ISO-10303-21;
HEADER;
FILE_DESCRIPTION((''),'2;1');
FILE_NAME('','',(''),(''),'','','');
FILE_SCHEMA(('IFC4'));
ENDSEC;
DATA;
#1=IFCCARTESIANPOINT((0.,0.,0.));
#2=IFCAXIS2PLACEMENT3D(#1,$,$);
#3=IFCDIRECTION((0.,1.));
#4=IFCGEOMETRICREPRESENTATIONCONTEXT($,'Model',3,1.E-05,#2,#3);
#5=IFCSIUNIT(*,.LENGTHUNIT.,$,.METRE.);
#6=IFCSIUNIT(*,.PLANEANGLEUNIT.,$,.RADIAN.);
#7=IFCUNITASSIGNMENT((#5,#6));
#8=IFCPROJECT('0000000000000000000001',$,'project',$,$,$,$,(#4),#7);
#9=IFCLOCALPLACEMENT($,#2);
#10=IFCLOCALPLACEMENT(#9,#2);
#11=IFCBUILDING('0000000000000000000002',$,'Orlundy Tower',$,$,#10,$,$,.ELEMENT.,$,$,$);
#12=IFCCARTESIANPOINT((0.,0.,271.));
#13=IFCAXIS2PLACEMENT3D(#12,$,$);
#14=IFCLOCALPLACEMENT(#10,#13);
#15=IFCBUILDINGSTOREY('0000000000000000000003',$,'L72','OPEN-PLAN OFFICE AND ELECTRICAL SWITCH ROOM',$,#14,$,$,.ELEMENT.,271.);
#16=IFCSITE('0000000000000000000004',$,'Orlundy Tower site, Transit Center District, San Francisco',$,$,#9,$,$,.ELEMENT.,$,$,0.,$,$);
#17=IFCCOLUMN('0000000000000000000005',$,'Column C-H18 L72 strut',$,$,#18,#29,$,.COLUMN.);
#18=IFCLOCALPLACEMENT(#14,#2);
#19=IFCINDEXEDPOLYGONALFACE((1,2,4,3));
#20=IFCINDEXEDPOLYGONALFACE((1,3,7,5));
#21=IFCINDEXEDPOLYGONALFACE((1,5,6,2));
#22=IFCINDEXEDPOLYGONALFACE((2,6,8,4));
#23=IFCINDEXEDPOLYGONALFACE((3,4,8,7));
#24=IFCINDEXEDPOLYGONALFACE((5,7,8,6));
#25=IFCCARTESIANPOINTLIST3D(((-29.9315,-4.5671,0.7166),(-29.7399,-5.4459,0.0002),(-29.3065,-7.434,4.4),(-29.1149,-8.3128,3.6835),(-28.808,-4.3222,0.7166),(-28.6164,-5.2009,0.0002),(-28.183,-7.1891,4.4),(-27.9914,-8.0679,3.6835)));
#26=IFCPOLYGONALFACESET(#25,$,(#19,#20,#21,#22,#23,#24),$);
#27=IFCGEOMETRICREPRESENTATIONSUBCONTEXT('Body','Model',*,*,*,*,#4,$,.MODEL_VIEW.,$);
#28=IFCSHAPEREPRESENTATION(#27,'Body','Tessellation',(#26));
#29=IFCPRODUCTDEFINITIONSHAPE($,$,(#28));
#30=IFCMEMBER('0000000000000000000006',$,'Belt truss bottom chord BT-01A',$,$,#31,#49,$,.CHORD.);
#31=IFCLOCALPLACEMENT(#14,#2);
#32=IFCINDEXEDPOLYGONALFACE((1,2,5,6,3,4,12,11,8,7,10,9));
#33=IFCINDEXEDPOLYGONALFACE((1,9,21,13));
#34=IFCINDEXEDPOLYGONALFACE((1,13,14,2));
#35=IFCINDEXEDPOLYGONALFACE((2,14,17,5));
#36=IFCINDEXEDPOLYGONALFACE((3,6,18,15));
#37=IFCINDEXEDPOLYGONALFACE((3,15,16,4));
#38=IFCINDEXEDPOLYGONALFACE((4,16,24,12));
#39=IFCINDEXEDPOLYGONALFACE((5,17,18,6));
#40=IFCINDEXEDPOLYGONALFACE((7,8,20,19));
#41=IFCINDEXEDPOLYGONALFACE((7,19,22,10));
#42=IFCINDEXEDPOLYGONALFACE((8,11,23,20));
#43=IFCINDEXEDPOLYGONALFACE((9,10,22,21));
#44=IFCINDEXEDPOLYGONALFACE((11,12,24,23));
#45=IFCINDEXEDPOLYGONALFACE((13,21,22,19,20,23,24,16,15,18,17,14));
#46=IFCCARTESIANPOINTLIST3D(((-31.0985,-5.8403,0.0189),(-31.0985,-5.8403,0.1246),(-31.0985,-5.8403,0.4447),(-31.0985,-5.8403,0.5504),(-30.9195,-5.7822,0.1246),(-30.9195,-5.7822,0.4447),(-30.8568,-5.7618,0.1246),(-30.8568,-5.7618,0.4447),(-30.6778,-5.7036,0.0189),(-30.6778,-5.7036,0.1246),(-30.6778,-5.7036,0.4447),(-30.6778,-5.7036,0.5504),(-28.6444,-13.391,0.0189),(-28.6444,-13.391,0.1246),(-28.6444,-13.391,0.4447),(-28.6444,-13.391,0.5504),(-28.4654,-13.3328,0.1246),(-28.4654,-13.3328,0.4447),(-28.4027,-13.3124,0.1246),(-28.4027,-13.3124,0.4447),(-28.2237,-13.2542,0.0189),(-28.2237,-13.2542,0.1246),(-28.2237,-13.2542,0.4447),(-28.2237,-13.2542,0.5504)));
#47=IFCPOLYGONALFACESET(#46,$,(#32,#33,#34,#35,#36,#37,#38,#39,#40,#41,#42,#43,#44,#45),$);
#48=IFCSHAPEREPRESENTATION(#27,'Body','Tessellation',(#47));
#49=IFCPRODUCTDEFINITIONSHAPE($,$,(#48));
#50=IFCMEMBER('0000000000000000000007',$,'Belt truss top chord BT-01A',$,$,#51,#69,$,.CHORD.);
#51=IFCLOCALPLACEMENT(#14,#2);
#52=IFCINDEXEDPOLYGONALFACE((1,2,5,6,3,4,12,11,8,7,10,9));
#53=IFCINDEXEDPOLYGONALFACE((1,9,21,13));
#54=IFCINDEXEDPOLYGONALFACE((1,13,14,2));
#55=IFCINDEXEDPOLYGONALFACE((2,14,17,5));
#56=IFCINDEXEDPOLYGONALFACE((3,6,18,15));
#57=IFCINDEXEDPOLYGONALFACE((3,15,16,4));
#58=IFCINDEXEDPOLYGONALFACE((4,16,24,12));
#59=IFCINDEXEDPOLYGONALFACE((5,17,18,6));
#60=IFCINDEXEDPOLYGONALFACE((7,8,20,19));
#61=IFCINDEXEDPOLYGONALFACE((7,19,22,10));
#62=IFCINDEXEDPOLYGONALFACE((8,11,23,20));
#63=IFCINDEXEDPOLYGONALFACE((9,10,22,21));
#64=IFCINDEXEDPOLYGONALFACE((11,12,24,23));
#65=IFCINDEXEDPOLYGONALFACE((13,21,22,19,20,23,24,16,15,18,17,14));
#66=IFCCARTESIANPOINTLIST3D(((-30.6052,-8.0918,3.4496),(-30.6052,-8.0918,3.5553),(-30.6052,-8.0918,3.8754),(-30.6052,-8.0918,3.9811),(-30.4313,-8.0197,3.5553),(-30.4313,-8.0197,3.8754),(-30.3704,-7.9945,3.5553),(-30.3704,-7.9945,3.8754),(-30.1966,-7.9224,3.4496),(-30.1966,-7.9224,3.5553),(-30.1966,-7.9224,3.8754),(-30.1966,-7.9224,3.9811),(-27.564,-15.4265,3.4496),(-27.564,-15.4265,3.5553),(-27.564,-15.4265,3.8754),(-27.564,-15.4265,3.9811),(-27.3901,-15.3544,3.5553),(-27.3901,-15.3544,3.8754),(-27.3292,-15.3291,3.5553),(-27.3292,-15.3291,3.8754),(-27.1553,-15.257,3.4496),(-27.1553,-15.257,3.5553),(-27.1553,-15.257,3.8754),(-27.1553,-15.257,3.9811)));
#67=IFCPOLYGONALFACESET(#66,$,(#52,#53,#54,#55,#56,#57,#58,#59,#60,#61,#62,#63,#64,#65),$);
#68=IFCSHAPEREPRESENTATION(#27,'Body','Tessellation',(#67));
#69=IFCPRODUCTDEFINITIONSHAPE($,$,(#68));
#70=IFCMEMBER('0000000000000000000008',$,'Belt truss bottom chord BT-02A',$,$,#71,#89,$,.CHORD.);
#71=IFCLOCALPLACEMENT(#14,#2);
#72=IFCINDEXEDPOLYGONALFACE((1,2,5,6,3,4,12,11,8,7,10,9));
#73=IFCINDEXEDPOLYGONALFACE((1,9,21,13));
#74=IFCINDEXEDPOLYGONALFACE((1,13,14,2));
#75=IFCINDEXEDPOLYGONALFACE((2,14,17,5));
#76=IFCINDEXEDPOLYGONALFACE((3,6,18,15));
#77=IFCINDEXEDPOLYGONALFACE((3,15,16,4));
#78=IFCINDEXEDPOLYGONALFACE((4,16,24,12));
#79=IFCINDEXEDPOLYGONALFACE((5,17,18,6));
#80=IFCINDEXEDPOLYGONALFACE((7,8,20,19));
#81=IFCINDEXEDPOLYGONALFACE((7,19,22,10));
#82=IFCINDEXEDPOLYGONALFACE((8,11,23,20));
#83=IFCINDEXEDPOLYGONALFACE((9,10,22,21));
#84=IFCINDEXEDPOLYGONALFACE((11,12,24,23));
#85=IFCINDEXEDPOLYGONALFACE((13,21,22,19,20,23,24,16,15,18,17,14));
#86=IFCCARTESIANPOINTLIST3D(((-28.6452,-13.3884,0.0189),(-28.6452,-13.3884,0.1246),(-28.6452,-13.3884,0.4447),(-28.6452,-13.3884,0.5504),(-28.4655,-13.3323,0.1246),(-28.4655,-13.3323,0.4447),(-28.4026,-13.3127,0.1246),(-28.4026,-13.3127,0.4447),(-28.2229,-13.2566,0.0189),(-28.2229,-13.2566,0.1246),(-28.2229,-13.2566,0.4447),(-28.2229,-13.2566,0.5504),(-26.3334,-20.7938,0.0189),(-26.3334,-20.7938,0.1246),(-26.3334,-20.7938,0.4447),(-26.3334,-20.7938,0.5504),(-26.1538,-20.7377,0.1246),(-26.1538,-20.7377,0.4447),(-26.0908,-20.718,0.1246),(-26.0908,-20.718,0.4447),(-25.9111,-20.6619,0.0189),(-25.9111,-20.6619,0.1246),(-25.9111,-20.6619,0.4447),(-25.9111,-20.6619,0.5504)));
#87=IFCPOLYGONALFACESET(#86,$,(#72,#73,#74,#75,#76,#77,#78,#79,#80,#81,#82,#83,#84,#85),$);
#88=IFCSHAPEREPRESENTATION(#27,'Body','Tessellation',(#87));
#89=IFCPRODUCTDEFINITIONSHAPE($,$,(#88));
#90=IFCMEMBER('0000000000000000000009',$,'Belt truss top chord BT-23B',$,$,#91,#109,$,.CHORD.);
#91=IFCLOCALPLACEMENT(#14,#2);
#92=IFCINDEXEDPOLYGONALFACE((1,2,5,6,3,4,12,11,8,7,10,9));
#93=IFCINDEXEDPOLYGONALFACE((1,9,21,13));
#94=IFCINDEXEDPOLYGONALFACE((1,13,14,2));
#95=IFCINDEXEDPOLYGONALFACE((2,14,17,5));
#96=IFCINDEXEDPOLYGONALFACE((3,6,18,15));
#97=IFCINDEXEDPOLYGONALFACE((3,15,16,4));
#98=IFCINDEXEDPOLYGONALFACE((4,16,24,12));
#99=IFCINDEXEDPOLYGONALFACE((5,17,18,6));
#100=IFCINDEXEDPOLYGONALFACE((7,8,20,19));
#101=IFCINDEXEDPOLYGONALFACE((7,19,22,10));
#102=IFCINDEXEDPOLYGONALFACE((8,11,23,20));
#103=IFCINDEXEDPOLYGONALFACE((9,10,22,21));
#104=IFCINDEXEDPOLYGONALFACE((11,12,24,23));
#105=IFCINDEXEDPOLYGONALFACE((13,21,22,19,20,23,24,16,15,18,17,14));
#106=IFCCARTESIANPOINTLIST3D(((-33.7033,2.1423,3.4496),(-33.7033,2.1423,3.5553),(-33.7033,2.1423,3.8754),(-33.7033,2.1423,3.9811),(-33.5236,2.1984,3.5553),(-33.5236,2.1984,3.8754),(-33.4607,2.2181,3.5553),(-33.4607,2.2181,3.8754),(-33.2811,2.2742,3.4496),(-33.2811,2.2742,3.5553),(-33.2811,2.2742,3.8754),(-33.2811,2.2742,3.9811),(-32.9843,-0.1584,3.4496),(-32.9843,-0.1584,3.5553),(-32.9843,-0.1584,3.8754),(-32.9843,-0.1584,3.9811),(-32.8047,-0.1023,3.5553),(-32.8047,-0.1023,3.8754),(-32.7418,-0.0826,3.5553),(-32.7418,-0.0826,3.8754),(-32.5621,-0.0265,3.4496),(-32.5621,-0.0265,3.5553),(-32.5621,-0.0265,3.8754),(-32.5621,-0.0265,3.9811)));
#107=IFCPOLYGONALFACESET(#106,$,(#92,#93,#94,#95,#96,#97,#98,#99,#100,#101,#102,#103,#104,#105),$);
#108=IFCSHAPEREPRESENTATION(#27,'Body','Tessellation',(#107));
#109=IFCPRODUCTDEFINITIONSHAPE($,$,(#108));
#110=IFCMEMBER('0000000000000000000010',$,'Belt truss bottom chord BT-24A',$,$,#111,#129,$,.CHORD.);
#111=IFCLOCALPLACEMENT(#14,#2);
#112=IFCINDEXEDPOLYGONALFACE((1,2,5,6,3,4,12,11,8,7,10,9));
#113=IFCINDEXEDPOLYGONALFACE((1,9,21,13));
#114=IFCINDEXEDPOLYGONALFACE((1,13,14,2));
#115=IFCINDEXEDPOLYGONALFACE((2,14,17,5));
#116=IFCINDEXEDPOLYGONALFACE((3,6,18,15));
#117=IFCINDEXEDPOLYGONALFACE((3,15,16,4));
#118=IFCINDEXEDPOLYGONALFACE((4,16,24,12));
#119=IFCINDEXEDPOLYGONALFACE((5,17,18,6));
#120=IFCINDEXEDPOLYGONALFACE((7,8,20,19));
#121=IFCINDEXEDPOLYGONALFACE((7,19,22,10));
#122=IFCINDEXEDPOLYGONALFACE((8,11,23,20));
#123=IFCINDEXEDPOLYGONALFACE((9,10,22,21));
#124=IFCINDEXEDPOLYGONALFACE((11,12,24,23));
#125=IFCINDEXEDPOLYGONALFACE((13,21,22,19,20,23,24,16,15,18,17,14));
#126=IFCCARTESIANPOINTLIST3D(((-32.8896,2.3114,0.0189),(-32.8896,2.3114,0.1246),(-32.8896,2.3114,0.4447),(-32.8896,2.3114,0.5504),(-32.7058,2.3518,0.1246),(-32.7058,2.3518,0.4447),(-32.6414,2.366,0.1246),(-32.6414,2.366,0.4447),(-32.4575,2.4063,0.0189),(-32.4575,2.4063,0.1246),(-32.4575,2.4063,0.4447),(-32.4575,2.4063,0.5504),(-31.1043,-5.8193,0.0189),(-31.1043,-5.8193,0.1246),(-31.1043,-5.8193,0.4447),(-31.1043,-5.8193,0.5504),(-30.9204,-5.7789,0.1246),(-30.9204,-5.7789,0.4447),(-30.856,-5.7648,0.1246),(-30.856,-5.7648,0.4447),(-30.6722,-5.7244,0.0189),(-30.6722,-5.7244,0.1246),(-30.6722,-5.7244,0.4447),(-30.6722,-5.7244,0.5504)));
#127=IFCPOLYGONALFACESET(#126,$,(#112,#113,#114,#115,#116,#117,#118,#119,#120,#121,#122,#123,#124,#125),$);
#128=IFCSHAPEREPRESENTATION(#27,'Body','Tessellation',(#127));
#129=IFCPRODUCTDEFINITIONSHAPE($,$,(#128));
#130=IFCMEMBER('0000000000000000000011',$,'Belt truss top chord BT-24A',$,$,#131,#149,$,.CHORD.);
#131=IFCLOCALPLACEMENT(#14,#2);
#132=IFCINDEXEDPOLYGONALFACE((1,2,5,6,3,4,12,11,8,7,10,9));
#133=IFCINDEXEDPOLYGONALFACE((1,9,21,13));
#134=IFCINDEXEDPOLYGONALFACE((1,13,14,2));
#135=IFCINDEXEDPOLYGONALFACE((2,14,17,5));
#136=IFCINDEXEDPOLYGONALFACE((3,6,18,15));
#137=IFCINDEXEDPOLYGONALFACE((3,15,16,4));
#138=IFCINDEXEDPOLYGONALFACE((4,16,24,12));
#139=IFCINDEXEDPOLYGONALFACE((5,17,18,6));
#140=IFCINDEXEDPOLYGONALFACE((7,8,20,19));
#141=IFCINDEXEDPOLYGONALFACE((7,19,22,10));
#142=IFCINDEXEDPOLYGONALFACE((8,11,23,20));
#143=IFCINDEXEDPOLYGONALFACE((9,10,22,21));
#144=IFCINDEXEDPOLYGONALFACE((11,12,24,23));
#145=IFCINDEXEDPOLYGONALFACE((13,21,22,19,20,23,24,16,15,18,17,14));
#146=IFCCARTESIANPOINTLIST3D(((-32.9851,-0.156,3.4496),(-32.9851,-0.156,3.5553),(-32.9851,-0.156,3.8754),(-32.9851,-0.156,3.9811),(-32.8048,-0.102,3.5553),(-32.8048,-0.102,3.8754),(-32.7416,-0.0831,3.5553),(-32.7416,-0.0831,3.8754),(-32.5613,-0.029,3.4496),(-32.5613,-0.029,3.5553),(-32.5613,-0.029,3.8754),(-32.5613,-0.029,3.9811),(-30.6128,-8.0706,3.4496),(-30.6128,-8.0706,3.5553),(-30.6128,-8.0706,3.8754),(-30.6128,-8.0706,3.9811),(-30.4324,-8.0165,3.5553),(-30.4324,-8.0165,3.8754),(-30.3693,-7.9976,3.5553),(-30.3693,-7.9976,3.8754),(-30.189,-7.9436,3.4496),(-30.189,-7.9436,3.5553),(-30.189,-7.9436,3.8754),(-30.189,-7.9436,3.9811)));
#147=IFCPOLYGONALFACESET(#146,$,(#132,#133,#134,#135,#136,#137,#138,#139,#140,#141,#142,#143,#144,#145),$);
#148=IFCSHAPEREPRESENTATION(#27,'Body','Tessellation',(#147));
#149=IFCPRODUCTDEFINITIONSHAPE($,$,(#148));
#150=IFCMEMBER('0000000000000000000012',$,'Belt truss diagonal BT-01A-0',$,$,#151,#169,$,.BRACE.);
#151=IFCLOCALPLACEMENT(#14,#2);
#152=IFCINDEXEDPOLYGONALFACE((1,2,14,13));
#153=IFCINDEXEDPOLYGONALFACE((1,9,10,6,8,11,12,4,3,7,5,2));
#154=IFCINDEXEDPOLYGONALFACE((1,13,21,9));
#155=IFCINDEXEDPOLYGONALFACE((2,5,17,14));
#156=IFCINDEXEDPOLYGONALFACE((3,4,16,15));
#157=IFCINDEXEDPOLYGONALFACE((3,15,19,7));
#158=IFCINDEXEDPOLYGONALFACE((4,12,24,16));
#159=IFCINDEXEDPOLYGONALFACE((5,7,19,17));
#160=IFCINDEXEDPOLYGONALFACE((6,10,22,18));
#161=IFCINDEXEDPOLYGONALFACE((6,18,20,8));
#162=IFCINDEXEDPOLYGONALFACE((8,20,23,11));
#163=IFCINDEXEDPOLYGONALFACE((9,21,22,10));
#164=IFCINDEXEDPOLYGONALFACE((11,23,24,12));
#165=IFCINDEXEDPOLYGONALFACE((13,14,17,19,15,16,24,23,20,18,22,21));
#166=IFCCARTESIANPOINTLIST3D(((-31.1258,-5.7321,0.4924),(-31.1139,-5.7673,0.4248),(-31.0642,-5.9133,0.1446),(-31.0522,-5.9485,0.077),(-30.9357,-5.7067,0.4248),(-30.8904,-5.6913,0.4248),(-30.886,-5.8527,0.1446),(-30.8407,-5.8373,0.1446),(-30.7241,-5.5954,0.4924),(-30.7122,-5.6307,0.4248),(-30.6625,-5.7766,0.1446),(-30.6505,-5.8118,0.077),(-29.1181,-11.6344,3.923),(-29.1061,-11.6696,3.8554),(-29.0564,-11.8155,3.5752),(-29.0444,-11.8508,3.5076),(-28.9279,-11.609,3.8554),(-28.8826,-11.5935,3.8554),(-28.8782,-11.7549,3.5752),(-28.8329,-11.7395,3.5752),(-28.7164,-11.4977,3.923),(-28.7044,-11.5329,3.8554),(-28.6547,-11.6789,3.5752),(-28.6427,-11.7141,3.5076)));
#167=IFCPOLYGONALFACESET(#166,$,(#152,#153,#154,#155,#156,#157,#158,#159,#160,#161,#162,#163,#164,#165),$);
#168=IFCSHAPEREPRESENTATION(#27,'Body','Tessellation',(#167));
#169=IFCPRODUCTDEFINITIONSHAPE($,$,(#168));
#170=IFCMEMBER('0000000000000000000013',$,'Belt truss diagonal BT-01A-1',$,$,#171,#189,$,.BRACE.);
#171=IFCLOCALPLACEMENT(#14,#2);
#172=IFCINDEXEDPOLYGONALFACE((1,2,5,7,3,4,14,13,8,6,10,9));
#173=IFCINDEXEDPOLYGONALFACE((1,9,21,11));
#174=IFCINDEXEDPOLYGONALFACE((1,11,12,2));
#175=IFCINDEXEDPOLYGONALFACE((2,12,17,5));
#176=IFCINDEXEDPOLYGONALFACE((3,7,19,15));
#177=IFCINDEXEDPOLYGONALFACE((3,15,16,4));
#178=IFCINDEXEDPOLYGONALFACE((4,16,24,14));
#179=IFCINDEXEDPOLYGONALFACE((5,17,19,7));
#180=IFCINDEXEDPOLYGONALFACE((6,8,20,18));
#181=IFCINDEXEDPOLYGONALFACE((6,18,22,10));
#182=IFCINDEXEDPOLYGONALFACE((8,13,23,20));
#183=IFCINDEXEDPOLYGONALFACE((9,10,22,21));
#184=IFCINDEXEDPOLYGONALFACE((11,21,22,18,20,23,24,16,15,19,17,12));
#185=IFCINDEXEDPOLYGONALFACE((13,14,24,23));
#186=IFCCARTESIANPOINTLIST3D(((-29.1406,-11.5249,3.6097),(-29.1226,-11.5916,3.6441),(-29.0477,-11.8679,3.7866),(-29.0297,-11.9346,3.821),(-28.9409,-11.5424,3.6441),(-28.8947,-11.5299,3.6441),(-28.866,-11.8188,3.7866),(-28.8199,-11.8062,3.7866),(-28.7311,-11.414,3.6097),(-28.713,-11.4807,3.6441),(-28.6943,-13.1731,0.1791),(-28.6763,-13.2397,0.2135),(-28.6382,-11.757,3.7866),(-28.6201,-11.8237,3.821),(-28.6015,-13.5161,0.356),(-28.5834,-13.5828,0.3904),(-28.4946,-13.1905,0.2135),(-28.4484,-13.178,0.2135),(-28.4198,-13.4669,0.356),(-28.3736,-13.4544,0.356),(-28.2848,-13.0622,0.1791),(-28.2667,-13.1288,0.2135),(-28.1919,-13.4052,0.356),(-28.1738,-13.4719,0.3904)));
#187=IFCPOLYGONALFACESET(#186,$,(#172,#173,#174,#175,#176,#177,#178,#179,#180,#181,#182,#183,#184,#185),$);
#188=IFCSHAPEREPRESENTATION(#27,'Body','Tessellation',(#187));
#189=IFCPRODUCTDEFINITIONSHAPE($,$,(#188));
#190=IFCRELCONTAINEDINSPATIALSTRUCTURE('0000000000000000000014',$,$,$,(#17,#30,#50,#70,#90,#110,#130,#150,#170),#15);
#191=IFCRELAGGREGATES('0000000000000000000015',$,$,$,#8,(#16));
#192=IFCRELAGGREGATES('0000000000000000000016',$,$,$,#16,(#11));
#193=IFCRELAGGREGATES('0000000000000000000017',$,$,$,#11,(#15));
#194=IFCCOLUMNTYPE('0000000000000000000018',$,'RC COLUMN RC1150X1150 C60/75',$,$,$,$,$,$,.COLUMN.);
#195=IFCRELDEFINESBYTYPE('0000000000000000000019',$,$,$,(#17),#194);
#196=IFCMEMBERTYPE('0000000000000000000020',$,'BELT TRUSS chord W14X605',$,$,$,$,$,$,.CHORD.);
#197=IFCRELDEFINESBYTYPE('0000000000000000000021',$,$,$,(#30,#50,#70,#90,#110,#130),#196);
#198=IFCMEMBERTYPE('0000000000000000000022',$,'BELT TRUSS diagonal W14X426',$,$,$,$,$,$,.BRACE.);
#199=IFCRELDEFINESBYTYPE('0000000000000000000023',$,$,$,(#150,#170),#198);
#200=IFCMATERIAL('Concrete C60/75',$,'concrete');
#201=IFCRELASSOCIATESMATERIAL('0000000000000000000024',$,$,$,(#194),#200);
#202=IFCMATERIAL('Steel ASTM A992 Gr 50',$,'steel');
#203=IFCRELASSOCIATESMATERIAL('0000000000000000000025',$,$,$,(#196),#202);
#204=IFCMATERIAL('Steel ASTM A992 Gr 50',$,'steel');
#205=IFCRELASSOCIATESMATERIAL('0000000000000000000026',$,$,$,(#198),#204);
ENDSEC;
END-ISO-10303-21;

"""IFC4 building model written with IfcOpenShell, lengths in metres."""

from ifc_helpers import new_model, si_unit, direction, frame, origin, origin_2d, place, context, subcontext, project, spatial, rectangle, i_section, extrude, material, material_profile, profile_set, type_object, element, save


model = new_model("IFC4")

# Units and contexts
model_context = context("Model", 3, precision=1e-05, world=origin(), true_north=direction((0.0, 1.0)))
body_context = subcontext(model_context, "Body", "Model", "MODEL_VIEW")
ifc_project = project(units=[si_unit("LENGTHUNIT", "METRE"), si_unit("PLANEANGLEUNIT", "RADIAN")], contexts=[model_context])

# Site, building, storey
site_placement = place(None, origin())
site = spatial("IfcSite", under=ifc_project, at=site_placement, Name="Orlundy Tower site, Transit Center District, San Francisco", CompositionType="ELEMENT", RefElevation=0.0)
building_placement = place(site_placement, origin())
building = spatial("IfcBuilding", under=site, at=building_placement, Name="Orlundy Tower", CompositionType="ELEMENT")
storey_placement = place(building_placement, frame((0.0, 0.0, 271.0)))
storey = spatial("IfcBuildingStorey", under=building, at=storey_placement, Name="L72", Description="OPEN-PLAN OFFICE AND ELECTRICAL SWITCH ROOM", CompositionType="ELEMENT", Elevation=271.0)

# Column
ifc_material_1 = material(Name="Concrete C60/75", Category="concrete")
ifc_material_profile_1 = material_profile(ifc_material_1, rectangle(XDim=1.1499, YDim=1.1499, at=origin_2d()), Name="RC1150X1150")
ifc_profile_set_1 = profile_set([ifc_material_profile_1], Name="Concrete C60/75")
column_type = type_object("IfcColumnType", Name="RC COLUMN RC1150X1150 C60/75", PredefinedType="COLUMN", material=ifc_profile_set_1)
column_placement = place(storey_placement, frame((-29.2739, -4.884, 0.3584), z_axis=(0.132717, -0.60879, 0.782152), x_axis=(0.977052, 0.213, 0.0)))
element("IfcColumn", 1, at=column_placement, inside=storey, type_object=column_type, Name="Column C-H18 L72 strut", PredefinedType="COLUMN", context=body_context, shape_type="SweptSolid", body=[
    extrude(rectangle(XDim=1.1499, YDim=1.1499, at=origin_2d()), origin(), (0.0, 0.0, 1.0), 4.7092),
])

# Members
ifc_material_2 = material(Name="Steel ASTM A992 Gr 50", Category="steel")
ifc_material_profile_2 = material_profile(ifc_material_2, i_section(OverallWidth=0.4424, OverallDepth=0.5315, WebThickness=0.0659, FlangeThickness=0.1057, at=origin_2d()), Name="W14X605")
ifc_profile_set_2 = profile_set([ifc_material_profile_2], Name="Steel ASTM A992 Gr 50")
member_type_1 = type_object("IfcMemberType", Name="BELT TRUSS chord W14X605", PredefinedType="CHORD", material=ifc_profile_set_2)
member_1_placement = place(storey_placement, frame((-30.8882, -5.772, 0.2847), z_axis=(0.309106, -0.951028, 0.0), x_axis=(0.951028, 0.309106, 0.0)))
element("IfcMember", 2, at=member_1_placement, inside=storey, type_object=member_type_1, Name="Belt truss bottom chord BT-01A", PredefinedType="CHORD", context=body_context, shape_type="SweptSolid", body=[
    extrude(i_section(OverallWidth=0.4424, OverallDepth=0.5315, WebThickness=0.0659, FlangeThickness=0.1057, at=origin_2d()), origin(), (0.0, 0.0, 1.0), 7.9395),
])
member_2_placement = place(storey_placement, frame((-30.4009, -8.0071, 3.7153), z_axis=(0.383019, -0.923741, 0.0), x_axis=(0.923741, 0.383019, 0.0)))
element("IfcMember", 3, at=member_2_placement, inside=storey, type_object=member_type_1, Name="Belt truss top chord BT-01A", PredefinedType="CHORD", context=body_context, shape_type="SweptSolid", body=[
    extrude(i_section(OverallWidth=0.4424, OverallDepth=0.5315, WebThickness=0.0659, FlangeThickness=0.1057, at=origin_2d()), origin(), (0.0, 0.0, 1.0), 7.9402),
])
member_3_placement = place(storey_placement, frame((-28.4341, -13.3225, 0.2847), z_axis=(0.297995, -0.954567, 0.0), x_axis=(0.954567, 0.297995, 0.0)))
element("IfcMember", 4, at=member_3_placement, inside=storey, type_object=member_type_1, Name="Belt truss bottom chord BT-02A", PredefinedType="CHORD", context=body_context, shape_type="SweptSolid", body=[
    extrude(i_section(OverallWidth=0.4424, OverallDepth=0.5315, WebThickness=0.0659, FlangeThickness=0.1057, at=origin_2d()), origin(), (0.0, 0.0, 1.0), 7.7578),
])
member_4_placement = place(storey_placement, frame((-33.4922, 2.2083, 3.7153), z_axis=(0.298275, -0.95448, 0.0), x_axis=(0.95448, 0.298275, 0.0)))
element("IfcMember", 5, at=member_4_placement, inside=storey, type_object=member_type_1, Name="Belt truss top chord BT-23B", PredefinedType="CHORD", context=body_context, shape_type="SweptSolid", body=[
    extrude(i_section(OverallWidth=0.4424, OverallDepth=0.5315, WebThickness=0.0659, FlangeThickness=0.1057, at=origin_2d()), origin(), (0.0, 0.0, 1.0), 2.4104),
])
member_5_placement = place(storey_placement, frame((-32.6736, 2.3589, 0.2847), z_axis=(0.214473, -0.97673, 0.0), x_axis=(0.97673, 0.214473, 0.0)))
element("IfcMember", 6, at=member_5_placement, inside=storey, type_object=member_type_1, Name="Belt truss bottom chord BT-24A", PredefinedType="CHORD", context=body_context, shape_type="SweptSolid", body=[
    extrude(i_section(OverallWidth=0.4424, OverallDepth=0.5315, WebThickness=0.0659, FlangeThickness=0.1057, at=origin_2d()), origin(), (0.0, 0.0, 1.0), 8.3245),
])
member_6_placement = place(storey_placement, frame((-32.7732, -0.0925, 3.7153), z_axis=(0.28712, -0.957895, 0.0), x_axis=(0.957895, 0.28712, 0.0)))
element("IfcMember", 7, at=member_6_placement, inside=storey, type_object=member_type_1, Name="Belt truss top chord BT-24A", PredefinedType="CHORD", context=body_context, shape_type="SweptSolid", body=[
    extrude(i_section(OverallWidth=0.4424, OverallDepth=0.5315, WebThickness=0.0659, FlangeThickness=0.1057, at=origin_2d()), origin(), (0.0, 0.0, 1.0), 8.2625),
])
ifc_material_3 = material(Name="Steel ASTM A992 Gr 50", Category="steel")
ifc_material_profile_3 = material_profile(ifc_material_3, i_section(OverallWidth=0.4243, OverallDepth=0.4741, WebThickness=0.0479, FlangeThickness=0.0771, at=origin_2d()), Name="W14X426")
ifc_profile_set_3 = profile_set([ifc_material_profile_3], Name="Steel ASTM A992 Gr 50")
member_type_2 = type_object("IfcMemberType", Name="BELT TRUSS diagonal W14X426", PredefinedType="BRACE", material=ifc_profile_set_3)
member_7_placement = place(storey_placement, frame((-30.8882, -5.772, 0.2847), z_axis=(0.282152, -0.829439, 0.482101), x_axis=(0.946723, 0.322049, 0.0)))
element("IfcMember", 8, at=member_7_placement, inside=storey, type_object=member_type_2, Name="Belt truss diagonal BT-01A-0", PredefinedType="BRACE", context=body_context, shape_type="SweptSolid", body=[
    extrude(i_section(OverallWidth=0.4243, OverallDepth=0.4741, WebThickness=0.0479, FlangeThickness=0.0771, at=origin_2d()), origin(), (0.0, 0.0, 1.0), 7.116),
])
member_8_placement = place(storey_placement, frame((-28.8804, -11.6743, 3.7153), z_axis=(0.11646, -0.430099, -0.895238), x_axis=(0.965241, 0.261363, 0.0)))
element("IfcMember", 9, at=member_8_placement, inside=storey, type_object=member_type_2, Name="Belt truss diagonal BT-01A-1", PredefinedType="BRACE", context=body_context, shape_type="SweptSolid", body=[
    extrude(i_section(OverallWidth=0.4243, OverallDepth=0.4741, WebThickness=0.0479, FlangeThickness=0.0771, at=origin_2d()), origin(), (0.0, 0.0, 1.0), 3.832),
])

save(model, "model.ifc")
